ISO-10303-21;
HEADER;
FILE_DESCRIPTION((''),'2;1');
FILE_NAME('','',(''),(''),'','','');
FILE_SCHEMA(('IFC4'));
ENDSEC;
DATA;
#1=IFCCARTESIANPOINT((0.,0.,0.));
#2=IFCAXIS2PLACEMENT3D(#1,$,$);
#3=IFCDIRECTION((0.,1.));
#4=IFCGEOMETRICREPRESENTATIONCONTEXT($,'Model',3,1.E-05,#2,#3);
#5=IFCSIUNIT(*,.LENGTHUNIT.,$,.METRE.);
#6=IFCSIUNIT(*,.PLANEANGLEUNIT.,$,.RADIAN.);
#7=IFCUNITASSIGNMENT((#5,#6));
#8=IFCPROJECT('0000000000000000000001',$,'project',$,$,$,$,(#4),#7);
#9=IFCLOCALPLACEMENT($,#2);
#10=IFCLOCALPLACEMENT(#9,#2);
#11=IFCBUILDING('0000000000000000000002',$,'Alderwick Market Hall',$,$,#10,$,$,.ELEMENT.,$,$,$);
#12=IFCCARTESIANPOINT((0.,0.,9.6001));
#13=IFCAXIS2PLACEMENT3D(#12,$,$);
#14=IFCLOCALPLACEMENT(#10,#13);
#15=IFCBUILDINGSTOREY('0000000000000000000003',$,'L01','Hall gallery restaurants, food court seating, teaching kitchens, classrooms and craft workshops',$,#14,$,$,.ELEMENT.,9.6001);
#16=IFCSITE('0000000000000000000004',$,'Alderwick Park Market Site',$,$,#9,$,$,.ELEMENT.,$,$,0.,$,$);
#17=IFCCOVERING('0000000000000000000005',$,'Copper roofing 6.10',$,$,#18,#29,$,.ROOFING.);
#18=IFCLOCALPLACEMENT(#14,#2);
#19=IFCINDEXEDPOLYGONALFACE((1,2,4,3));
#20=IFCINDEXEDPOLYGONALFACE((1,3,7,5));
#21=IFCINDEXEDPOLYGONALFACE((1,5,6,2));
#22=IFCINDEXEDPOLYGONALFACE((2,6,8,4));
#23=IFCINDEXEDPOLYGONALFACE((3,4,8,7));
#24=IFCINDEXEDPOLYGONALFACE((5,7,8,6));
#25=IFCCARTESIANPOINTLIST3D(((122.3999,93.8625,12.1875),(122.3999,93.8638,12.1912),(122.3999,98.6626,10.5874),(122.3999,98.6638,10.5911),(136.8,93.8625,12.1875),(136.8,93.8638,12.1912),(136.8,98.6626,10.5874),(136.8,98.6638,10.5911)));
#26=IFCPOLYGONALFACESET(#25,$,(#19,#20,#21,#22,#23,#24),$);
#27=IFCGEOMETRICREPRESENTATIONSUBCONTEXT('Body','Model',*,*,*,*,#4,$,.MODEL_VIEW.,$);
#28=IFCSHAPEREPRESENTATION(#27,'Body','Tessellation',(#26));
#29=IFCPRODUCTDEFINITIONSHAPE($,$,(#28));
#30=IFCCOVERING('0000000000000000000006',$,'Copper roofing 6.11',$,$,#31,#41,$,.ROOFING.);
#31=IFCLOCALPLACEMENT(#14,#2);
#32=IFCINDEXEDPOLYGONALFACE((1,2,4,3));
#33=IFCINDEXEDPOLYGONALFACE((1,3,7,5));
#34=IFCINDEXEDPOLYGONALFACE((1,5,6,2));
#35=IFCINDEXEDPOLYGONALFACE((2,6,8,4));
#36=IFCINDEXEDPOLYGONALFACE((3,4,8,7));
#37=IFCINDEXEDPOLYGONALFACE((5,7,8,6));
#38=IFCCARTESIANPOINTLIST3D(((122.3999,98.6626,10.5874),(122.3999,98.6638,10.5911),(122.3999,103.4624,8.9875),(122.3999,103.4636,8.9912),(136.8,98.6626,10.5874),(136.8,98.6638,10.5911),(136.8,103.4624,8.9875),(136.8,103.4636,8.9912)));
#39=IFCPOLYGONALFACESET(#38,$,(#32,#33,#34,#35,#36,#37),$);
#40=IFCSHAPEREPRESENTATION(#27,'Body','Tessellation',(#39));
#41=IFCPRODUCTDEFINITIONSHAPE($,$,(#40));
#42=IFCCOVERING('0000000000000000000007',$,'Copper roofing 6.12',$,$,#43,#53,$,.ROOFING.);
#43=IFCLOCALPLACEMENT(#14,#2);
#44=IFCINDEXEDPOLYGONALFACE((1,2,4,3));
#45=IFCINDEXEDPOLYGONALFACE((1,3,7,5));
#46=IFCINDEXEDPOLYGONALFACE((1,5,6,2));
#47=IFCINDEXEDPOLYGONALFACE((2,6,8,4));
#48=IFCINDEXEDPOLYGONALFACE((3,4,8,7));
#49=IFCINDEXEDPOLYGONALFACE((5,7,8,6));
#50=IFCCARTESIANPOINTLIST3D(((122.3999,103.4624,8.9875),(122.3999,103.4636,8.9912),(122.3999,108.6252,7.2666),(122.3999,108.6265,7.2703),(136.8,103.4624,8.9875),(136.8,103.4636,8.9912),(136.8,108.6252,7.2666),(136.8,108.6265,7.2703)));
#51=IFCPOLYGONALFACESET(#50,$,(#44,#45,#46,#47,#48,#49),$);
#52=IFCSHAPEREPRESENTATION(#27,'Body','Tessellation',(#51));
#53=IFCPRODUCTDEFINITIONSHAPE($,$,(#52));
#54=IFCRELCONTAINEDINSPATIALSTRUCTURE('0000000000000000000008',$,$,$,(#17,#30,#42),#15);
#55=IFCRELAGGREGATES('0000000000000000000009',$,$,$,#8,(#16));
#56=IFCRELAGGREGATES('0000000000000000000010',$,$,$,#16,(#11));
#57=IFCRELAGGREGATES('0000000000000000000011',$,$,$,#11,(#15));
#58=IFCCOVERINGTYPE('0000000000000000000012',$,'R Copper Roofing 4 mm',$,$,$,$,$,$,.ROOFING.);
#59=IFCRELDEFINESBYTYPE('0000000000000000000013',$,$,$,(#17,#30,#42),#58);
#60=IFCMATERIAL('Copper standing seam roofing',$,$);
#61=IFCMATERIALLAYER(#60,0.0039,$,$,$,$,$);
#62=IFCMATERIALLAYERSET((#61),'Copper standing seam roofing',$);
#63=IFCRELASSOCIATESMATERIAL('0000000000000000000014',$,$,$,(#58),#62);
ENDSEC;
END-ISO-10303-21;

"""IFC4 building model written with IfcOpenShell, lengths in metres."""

from ifc_helpers import new_model, si_unit, direction, frame, origin, place, context, subcontext, project, spatial, polyline, outline, extrude, material, layer, layer_set, type_object, element, save


model = new_model("IFC4")

# Units and contexts
model_context = context("Model", 3, precision=1e-05, world=origin(), true_north=direction((0.0, 1.0)))
body_context = subcontext(model_context, "Body", "Model", "MODEL_VIEW")
ifc_project = project(units=[si_unit("LENGTHUNIT", "METRE"), si_unit("PLANEANGLEUNIT", "RADIAN")], contexts=[model_context])

# Site, building, storey
site_placement = place(None, origin())
site = spatial("IfcSite", under=ifc_project, at=site_placement, Name="Alderwick Park Market Site", CompositionType="ELEMENT", RefElevation=0.0)
building_placement = place(site_placement, origin())
building = spatial("IfcBuilding", under=site, at=building_placement, Name="Alderwick Market Hall", CompositionType="ELEMENT")
storey_placement = place(building_placement, frame((0.0, 0.0, 9.6001)))
storey = spatial("IfcBuildingStorey", under=building, at=storey_placement, Name="L01", Description="Hall gallery restaurants, food court seating, teaching kitchens, classrooms and craft workshops", CompositionType="ELEMENT", Elevation=9.6001)

# Coverings
ifc_material_1 = material(Name="Copper standing seam roofing")
ifc_layer_1 = layer(ifc_material_1, 0.0039)
ifc_layer_set_1 = layer_set([ifc_layer_1], Name="Copper standing seam roofing")
covering_type_1 = type_object("IfcCoveringType", Name="R Copper Roofing 4 mm", PredefinedType="ROOFING", material=ifc_layer_set_1)
covering_1_placement = place(storey_placement, frame((122.3999, 93.8638, 12.1912), z_axis=(0.0, 0.316242, 0.948678), x_axis=(1.0, 0.0, 0.0)))
element("IfcCovering", 1, at=covering_1_placement, inside=storey, type_object=covering_type_1, Name="Copper roofing 6.10", PredefinedType="ROOFING", context=body_context, shape_type="SweptSolid", body=[
    extrude(outline(polyline([(0.0, 0.0), (14.4001, 0.0), (14.4001, 5.0597), (0.0, 5.0597), (0.0, 0.0)])), origin(), (0.0, 0.0, -1.0), 0.0039),
])
covering_2_placement = place(storey_placement, frame((122.3999, 98.6638, 10.5911), z_axis=(0.0, 0.316213, 0.948688), x_axis=(1.0, 0.0, 0.0)))
element("IfcCovering", 2, at=covering_2_placement, inside=storey, type_object=covering_type_1, Name="Copper roofing 6.11", PredefinedType="ROOFING", context=body_context, shape_type="SweptSolid", body=[
    extrude(outline(polyline([(0.0, 0.0), (14.4001, 0.0), (14.4001, 5.0594), (0.0, 5.0594), (0.0, 0.0)])), origin(), (0.0, 0.0, -1.0), 0.0039),
])
covering_3_placement = place(storey_placement, frame((122.3999, 103.4636, 8.9912), z_axis=(0.0, 0.316228, 0.948683), x_axis=(1.0, 0.0, 0.0)))
element("IfcCovering", 3, at=covering_3_placement, inside=storey, type_object=covering_type_1, Name="Copper roofing 6.12", PredefinedType="ROOFING", context=body_context, shape_type="SweptSolid", body=[
    extrude(outline(polyline([(0.0, 0.0), (14.4001, 0.0), (14.4001, 5.4421), (0.0, 5.4421), (0.0, 0.0)])), origin(), (0.0, 0.0, -1.0), 0.0039),
])

save(model, "model.ifc")
